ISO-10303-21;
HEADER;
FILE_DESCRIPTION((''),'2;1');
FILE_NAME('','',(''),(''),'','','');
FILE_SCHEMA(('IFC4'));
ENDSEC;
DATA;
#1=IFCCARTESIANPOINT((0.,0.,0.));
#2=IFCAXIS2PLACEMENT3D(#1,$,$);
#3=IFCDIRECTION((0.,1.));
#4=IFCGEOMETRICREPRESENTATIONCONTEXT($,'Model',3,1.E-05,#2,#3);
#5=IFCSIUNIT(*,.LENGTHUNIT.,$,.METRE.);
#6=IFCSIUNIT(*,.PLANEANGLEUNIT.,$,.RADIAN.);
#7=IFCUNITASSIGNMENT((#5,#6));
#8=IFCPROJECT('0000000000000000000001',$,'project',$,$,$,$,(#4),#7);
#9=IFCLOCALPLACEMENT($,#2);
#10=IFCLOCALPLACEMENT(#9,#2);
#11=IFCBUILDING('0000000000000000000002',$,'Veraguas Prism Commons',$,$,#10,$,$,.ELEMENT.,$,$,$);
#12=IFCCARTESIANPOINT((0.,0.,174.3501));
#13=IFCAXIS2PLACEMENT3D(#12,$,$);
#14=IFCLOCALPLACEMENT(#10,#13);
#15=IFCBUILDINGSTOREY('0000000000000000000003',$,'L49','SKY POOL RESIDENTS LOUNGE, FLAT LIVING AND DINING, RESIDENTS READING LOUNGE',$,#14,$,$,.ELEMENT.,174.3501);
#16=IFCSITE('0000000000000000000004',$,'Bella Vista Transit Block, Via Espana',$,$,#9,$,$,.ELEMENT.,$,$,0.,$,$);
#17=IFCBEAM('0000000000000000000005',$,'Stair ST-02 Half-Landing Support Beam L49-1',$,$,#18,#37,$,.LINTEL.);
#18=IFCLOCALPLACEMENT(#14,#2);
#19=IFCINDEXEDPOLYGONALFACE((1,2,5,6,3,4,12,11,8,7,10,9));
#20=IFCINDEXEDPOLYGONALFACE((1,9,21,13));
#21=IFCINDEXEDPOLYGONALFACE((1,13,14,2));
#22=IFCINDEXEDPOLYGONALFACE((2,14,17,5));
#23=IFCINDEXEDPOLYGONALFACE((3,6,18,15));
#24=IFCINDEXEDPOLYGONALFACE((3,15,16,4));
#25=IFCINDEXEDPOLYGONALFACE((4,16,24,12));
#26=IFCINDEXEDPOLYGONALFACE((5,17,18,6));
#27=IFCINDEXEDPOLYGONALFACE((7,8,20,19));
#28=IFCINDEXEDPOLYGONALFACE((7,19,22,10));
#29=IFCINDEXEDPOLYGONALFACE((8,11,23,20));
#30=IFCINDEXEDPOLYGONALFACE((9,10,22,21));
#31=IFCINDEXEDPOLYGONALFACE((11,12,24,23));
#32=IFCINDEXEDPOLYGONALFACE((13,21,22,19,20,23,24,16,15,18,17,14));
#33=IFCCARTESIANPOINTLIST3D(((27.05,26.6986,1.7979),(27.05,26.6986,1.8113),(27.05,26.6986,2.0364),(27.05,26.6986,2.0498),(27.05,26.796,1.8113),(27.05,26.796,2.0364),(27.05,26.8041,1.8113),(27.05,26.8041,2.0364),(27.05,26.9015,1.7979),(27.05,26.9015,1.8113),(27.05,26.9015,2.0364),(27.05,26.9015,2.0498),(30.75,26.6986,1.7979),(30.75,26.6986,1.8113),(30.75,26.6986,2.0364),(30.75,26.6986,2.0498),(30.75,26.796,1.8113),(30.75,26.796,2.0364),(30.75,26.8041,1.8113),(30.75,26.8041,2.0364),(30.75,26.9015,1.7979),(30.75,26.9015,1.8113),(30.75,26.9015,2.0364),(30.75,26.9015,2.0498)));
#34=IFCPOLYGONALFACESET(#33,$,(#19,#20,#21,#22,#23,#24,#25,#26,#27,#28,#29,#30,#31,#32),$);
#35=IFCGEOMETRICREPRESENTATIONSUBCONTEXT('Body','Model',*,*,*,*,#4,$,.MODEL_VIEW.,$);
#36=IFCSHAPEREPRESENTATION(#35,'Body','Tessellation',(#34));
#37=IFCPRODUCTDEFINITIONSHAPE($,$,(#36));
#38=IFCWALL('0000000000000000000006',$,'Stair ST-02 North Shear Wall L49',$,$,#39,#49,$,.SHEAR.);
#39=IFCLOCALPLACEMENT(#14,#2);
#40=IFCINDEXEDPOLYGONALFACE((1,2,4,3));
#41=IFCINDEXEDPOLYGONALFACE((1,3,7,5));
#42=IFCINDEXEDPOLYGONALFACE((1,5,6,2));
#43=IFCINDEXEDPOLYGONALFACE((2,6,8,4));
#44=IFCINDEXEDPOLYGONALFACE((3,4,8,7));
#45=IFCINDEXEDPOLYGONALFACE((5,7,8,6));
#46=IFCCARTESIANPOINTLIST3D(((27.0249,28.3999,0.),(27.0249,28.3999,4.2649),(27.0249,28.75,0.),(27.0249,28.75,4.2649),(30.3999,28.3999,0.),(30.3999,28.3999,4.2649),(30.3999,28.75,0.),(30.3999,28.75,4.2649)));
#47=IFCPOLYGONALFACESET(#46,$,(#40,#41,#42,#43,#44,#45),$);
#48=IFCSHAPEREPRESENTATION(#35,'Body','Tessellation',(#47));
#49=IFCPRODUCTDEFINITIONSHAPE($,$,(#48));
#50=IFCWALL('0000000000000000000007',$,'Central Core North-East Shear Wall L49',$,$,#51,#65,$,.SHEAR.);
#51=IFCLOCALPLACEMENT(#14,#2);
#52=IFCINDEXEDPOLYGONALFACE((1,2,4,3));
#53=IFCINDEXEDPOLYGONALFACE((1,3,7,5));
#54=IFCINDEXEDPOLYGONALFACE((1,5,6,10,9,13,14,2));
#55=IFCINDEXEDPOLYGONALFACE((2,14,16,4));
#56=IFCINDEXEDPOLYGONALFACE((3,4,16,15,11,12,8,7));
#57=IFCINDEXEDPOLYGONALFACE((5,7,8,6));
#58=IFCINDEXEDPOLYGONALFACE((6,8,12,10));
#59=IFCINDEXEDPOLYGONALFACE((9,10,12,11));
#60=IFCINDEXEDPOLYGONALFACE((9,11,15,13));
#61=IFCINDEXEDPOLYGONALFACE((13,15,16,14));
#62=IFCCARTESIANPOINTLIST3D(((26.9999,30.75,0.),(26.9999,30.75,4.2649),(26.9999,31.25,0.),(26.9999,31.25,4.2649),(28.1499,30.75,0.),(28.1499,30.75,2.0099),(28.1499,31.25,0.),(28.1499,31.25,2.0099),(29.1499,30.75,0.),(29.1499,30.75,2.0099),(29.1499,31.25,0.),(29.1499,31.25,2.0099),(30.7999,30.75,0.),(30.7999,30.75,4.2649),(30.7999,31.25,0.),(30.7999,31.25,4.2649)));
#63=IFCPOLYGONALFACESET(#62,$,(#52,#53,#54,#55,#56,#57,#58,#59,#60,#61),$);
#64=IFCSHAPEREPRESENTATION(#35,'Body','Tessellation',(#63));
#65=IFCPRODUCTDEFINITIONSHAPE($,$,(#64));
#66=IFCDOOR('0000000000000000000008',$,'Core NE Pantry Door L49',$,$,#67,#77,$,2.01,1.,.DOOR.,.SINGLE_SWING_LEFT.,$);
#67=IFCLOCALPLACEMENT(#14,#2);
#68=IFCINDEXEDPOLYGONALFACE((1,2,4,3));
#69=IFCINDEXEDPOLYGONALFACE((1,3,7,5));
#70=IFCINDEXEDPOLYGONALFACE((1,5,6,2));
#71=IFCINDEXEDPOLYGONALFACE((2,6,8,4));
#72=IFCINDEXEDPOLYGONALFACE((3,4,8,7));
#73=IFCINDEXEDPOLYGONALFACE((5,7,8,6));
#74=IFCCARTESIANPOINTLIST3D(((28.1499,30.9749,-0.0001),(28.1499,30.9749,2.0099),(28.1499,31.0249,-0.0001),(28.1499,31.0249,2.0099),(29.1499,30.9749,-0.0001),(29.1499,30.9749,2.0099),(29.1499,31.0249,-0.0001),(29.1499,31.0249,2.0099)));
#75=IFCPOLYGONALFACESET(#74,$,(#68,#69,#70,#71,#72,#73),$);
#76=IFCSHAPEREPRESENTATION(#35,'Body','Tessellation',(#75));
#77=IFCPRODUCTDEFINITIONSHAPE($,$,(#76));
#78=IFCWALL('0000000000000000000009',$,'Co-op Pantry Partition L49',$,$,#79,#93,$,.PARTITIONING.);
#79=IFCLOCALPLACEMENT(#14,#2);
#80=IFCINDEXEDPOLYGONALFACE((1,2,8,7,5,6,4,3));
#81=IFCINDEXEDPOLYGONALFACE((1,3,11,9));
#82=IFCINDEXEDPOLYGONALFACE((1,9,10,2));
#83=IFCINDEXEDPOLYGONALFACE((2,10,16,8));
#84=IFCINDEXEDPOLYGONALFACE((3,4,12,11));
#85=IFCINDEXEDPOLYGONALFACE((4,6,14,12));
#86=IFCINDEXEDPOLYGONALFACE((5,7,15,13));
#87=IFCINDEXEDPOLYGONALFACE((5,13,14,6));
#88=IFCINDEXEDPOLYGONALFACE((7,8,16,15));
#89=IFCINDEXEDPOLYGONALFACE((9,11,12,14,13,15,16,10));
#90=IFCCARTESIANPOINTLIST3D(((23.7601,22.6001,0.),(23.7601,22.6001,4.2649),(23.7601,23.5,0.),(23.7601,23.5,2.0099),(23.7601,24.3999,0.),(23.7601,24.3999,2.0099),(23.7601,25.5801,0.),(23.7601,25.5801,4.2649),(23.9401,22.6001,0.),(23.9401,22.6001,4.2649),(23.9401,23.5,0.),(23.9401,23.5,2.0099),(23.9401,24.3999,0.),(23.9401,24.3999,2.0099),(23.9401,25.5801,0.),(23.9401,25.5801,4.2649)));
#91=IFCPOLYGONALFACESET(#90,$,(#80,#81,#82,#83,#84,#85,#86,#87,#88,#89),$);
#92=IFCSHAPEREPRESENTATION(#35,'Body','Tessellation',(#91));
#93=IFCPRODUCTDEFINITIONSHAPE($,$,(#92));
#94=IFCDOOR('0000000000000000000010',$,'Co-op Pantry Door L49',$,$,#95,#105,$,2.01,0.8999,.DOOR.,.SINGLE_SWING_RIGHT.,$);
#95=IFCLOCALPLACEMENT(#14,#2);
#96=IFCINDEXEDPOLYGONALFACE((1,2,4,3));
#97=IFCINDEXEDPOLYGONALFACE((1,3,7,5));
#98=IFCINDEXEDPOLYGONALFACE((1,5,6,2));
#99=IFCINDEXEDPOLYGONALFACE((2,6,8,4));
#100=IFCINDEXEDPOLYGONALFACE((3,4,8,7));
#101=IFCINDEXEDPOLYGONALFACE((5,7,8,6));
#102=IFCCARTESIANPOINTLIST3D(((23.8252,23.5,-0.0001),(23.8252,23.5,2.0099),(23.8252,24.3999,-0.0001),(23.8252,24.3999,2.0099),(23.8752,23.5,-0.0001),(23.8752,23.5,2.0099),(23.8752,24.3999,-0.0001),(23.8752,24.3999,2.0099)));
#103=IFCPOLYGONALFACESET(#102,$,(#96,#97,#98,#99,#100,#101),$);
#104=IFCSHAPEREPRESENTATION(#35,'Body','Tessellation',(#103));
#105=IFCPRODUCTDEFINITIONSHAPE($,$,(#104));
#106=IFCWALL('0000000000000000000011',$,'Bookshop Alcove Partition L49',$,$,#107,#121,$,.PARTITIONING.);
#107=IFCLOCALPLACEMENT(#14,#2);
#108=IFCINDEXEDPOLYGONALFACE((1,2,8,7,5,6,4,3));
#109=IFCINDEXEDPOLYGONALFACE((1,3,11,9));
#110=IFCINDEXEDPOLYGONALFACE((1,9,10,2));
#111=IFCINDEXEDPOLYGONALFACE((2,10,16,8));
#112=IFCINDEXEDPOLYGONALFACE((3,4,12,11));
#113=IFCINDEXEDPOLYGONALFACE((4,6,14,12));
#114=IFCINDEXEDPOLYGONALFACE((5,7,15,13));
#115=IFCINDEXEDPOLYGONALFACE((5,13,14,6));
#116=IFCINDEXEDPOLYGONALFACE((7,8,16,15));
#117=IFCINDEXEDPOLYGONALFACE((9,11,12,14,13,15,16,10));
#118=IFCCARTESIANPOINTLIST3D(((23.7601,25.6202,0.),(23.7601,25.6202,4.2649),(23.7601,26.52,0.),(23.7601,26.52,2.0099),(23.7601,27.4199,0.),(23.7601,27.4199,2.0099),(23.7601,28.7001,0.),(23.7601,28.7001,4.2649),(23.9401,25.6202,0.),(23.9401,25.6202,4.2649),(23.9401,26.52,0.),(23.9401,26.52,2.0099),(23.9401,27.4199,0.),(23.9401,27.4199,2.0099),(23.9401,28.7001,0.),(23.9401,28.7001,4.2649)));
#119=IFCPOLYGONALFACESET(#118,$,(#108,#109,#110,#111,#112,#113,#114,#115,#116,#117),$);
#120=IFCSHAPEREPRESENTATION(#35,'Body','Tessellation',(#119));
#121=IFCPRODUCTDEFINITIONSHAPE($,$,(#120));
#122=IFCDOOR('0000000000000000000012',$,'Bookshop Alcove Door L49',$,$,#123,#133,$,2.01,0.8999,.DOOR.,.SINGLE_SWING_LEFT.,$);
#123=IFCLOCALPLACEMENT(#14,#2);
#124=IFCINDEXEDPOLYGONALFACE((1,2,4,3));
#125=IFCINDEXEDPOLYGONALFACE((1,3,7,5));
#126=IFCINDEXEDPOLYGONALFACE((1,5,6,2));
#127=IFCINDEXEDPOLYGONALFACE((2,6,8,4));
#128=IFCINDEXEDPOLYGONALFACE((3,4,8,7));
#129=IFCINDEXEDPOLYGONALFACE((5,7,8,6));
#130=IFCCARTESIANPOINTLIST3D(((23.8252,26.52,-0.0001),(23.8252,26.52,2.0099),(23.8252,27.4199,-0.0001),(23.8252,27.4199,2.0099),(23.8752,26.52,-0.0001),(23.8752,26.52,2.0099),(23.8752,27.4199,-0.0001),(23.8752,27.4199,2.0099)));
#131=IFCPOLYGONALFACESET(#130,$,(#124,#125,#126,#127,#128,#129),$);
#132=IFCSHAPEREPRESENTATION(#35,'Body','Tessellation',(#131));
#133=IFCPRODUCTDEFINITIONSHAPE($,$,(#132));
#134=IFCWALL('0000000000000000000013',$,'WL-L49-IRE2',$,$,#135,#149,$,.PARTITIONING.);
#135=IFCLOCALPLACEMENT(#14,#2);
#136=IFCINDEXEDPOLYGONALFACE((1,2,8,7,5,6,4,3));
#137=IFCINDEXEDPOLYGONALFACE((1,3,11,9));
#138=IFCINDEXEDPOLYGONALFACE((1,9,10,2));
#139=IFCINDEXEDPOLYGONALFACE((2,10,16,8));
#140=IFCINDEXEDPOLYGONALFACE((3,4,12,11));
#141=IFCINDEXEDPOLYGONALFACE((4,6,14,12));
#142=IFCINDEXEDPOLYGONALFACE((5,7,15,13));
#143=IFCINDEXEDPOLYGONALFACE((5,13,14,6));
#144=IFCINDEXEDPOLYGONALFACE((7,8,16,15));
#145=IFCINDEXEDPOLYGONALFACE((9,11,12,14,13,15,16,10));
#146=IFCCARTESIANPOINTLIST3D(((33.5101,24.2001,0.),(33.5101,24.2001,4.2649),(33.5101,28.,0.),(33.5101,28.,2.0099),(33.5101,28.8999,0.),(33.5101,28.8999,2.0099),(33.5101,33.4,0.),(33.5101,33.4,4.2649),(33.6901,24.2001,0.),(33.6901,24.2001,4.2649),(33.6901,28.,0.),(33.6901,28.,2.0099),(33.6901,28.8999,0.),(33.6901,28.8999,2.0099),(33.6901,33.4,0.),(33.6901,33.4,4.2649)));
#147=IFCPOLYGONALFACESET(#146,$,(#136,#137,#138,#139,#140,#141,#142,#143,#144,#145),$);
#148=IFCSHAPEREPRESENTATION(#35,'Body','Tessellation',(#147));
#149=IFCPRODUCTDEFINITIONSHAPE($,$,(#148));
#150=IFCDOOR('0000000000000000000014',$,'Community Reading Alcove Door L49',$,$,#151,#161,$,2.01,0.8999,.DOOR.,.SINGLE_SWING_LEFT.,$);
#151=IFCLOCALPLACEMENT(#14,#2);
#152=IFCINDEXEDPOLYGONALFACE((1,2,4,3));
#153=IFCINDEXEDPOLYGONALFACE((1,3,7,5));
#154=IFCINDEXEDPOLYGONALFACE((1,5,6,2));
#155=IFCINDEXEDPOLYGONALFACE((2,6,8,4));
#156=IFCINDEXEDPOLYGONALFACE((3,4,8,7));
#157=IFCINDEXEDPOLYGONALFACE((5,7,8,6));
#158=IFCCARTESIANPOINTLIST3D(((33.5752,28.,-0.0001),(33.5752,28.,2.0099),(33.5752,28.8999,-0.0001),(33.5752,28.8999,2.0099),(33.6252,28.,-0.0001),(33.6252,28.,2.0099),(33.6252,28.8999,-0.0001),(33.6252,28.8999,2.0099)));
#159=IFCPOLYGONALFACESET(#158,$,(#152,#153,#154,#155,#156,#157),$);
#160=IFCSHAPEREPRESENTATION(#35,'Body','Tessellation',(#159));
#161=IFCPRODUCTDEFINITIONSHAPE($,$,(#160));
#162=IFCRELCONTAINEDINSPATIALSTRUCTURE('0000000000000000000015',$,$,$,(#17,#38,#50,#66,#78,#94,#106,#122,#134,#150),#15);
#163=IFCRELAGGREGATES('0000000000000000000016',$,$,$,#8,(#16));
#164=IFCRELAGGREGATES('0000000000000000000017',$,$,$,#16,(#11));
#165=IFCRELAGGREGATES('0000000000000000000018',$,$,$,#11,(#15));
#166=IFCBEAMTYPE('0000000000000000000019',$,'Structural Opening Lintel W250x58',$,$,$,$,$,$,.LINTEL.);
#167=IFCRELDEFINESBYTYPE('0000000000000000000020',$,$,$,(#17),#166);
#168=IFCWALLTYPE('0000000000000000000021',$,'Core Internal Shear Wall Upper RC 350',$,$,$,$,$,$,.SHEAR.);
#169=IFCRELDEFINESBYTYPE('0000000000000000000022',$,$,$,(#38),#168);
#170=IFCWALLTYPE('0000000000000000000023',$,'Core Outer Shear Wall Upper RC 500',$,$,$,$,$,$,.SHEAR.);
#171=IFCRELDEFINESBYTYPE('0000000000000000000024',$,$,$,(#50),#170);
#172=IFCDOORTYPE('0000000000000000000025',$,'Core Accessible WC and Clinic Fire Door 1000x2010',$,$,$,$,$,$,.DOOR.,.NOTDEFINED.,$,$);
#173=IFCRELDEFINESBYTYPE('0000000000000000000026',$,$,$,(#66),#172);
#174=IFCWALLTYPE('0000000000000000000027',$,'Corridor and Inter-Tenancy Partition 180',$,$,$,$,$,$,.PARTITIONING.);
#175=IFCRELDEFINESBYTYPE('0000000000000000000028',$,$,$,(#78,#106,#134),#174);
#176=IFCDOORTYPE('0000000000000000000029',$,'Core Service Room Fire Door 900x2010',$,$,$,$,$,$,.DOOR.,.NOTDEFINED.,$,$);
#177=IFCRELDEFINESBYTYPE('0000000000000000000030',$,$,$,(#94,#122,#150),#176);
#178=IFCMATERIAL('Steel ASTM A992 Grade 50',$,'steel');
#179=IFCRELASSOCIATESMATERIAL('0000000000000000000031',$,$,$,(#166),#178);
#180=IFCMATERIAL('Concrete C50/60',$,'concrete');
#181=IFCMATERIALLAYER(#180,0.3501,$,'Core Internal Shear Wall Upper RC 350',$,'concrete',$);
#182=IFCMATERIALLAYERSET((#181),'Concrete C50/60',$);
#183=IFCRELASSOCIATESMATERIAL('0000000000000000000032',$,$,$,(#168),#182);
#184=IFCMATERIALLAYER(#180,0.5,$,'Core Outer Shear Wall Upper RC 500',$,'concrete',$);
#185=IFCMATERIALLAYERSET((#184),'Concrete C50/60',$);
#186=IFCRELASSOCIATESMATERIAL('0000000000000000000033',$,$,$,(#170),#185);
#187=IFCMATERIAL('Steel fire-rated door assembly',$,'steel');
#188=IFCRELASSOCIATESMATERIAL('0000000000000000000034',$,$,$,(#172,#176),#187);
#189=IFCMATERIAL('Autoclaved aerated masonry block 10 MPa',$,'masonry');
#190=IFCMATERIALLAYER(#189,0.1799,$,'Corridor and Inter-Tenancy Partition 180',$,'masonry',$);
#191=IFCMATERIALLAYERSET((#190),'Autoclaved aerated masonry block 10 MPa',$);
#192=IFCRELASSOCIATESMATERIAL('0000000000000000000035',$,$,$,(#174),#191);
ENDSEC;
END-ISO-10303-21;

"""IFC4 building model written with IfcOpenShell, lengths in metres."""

from ifc_helpers import new_model, si_unit, direction, frame, frame_2d, origin, origin_2d, place, context, subcontext, project, spatial, rectangle, i_section, extrude, source, transform, mapped, material, layer, layer_set, material_profile, profile_set, type_object, element, fill, save


model = new_model("IFC4")

# Units and contexts
model_context = context("Model", 3, precision=1e-05, world=origin(), true_north=direction((0.0, 1.0)))
body_context = subcontext(model_context, "Body", "Model", "MODEL_VIEW")
ifc_project = project(units=[si_unit("LENGTHUNIT", "METRE"), si_unit("PLANEANGLEUNIT", "RADIAN")], contexts=[model_context])

# Site, building, storey
site_placement = place(None, origin())
site = spatial("IfcSite", under=ifc_project, at=site_placement, Name="Bella Vista Transit Block, Via Espana", CompositionType="ELEMENT", RefElevation=0.0)
building_placement = place(site_placement, origin())
building = spatial("IfcBuilding", under=site, at=building_placement, Name="Veraguas Prism Commons", CompositionType="ELEMENT")
storey_placement = place(building_placement, frame((0.0, 0.0, 174.3501)))
storey = spatial("IfcBuildingStorey", under=building, at=storey_placement, Name="L49", Description="SKY POOL RESIDENTS LOUNGE, FLAT LIVING AND DINING, RESIDENTS READING LOUNGE", CompositionType="ELEMENT", Elevation=174.3501)

# Beam
ifc_material_1 = material(Name="Steel ASTM A992 Grade 50", Category="steel")
ifc_material_profile = material_profile(ifc_material_1, i_section(OverallWidth=0.2029, OverallDepth=0.252, WebThickness=0.0081, FlangeThickness=0.0134, at=origin_2d()), Name="W250X58")
ifc_profile_set = profile_set([ifc_material_profile], Name="Steel ASTM A992 Grade 50")
beam_type = type_object("IfcBeamType", Name="Structural Opening Lintel W250x58", PredefinedType="LINTEL", material=ifc_profile_set)
beam_placement = place(storey_placement, frame((27.05, 26.8, 1.9238), z_axis=(1.0, 0.0, 0.0), x_axis=(0.0, 1.0, 0.0)))
element("IfcBeam", 1, at=beam_placement, inside=storey, type_object=beam_type, Name="Stair ST-02 Half-Landing Support Beam L49-1", PredefinedType="LINTEL", context=body_context, shape_type="SweptSolid", body=[
    extrude(i_section(OverallWidth=0.2029, OverallDepth=0.252, WebThickness=0.0081, FlangeThickness=0.0134, at=origin_2d()), origin(), (0.0, 0.0, 1.0), 3.7),
])

# Wall
ifc_material_2 = material(Name="Concrete C50/60", Category="concrete")
ifc_layer_1 = layer(ifc_material_2, 0.3501, Name="Core Internal Shear Wall Upper RC 350", Category="concrete")
ifc_layer_set_1 = layer_set([ifc_layer_1], Name="Concrete C50/60")
wall_type_1 = type_object("IfcWallType", Name="Core Internal Shear Wall Upper RC 350", PredefinedType="SHEAR", material=ifc_layer_set_1)
wall_1_placement = place(storey_placement, frame((27.0249, 28.575, 0.0), z_axis=(0.0, 0.0, 1.0), x_axis=(1.0, 0.0, 0.0)))
element("IfcWall", 2, at=wall_1_placement, inside=storey, type_object=wall_type_1, Name="Stair ST-02 North Shear Wall L49", PredefinedType="SHEAR", context=body_context, shape_type="SweptSolid", body=[
    extrude(rectangle(XDim=3.375, YDim=0.3501, at=frame_2d((1.6875, 0.0))), origin(), (0.0, 0.0, 1.0), 4.2649),
])

# Walls, openings, doors
ifc_layer_2 = layer(ifc_material_2, 0.5, Name="Core Outer Shear Wall Upper RC 500", Category="concrete")
ifc_layer_set_2 = layer_set([ifc_layer_2], Name="Concrete C50/60")
wall_type_2 = type_object("IfcWallType", Name="Core Outer Shear Wall Upper RC 500", PredefinedType="SHEAR", material=ifc_layer_set_2)
wall_2_placement = place(storey_placement, frame((27.0, 31.0, 0.0), z_axis=(0.0, 0.0, 1.0), x_axis=(1.0, 0.0, 0.0)))
wall_2 = element("IfcWall", 3, at=wall_2_placement, inside=storey, type_object=wall_type_2, Name="Central Core North-East Shear Wall L49", PredefinedType="SHEAR", context=body_context, shape_type="SweptSolid", body=[
    extrude(rectangle(XDim=3.8, YDim=0.5, at=frame_2d((1.8999, 0.0))), origin(), (0.0, 0.0, 1.0), 4.2649),
])
opening_1_placement = place(wall_2_placement, frame((1.1499, 0.0, 0.0)))
opening_1 = element("IfcOpeningElement", 4, at=opening_1_placement, cuts=wall_2, PredefinedType="OPENING", context=body_context, shape_type="SweptSolid", body=[
    extrude(rectangle(XDim=1.0, YDim=2.01, at=frame_2d((0.5, 1.0049))), frame((0.0, 0.26, 0.0), z_axis=(0.0, -1.0, 0.0), x_axis=(1.0, 0.0, 0.0)), (0.0, 0.0, 1.0), 0.52),
])
ifc_material_3 = material(Name="Steel fire-rated door assembly", Category="steel")
door_type_1 = type_object("IfcDoorType", Name="Core Accessible WC and Clinic Fire Door 1000x2010", OperationType="NOTDEFINED", PredefinedType="DOOR", material=ifc_material_3)
shared_shape_1 = source(origin(), body_context, "Body", "SweptSolid", [
    extrude(rectangle(XDim=1.0, YDim=2.01, at=frame_2d((0.5, 1.0049))), frame((0.0, 0.0249, 0.0), z_axis=(0.0, -1.0, 0.0), x_axis=(1.0, 0.0, 0.0)), (0.0, 0.0, 1.0), 0.05),
])
door_1_placement = place(opening_1_placement, origin())
door_1 = element("IfcDoor", 5, at=door_1_placement, inside=storey, type_object=door_type_1, Name="Core NE Pantry Door L49", OperationType="SINGLE_SWING_LEFT", OverallHeight=2.01, OverallWidth=1.0, PredefinedType="DOOR", context=body_context, shape_type="MappedRepresentation", body=[
    mapped(shared_shape_1, transform((0.0, 0.0, 0.0), scale=1.0)),
])
fill(opening_1, door_1)
ifc_material_4 = material(Name="Autoclaved aerated masonry block 10 MPa", Category="masonry")
ifc_layer_3 = layer(ifc_material_4, 0.1799, Name="Corridor and Inter-Tenancy Partition 180", Category="masonry")
ifc_layer_set_3 = layer_set([ifc_layer_3], Name="Autoclaved aerated masonry block 10 MPa")
wall_type_3 = type_object("IfcWallType", Name="Corridor and Inter-Tenancy Partition 180", PredefinedType="PARTITIONING", material=ifc_layer_set_3)
wall_3_placement = place(storey_placement, frame((23.8501, 22.6001, 0.0), z_axis=(0.0, 0.0, 1.0), x_axis=(0.0, 1.0, 0.0)))
wall_3 = element("IfcWall", 6, at=wall_3_placement, inside=storey, type_object=wall_type_3, Name="Co-op Pantry Partition L49", PredefinedType="PARTITIONING", context=body_context, shape_type="SweptSolid", body=[
    extrude(rectangle(XDim=2.98, YDim=0.1799, at=frame_2d((1.49, 0.0))), origin(), (0.0, 0.0, 1.0), 4.2649),
])
opening_2_placement = place(wall_3_placement, frame((0.8999, 0.0, 0.0)))
opening_2 = element("IfcOpeningElement", 7, at=opening_2_placement, cuts=wall_3, PredefinedType="OPENING", context=body_context, shape_type="SweptSolid", body=[
    extrude(rectangle(XDim=0.8999, YDim=2.01, at=frame_2d((0.45, 1.0049))), frame((0.0, 0.0999, 0.0), z_axis=(0.0, -1.0, 0.0), x_axis=(1.0, 0.0, 0.0)), (0.0, 0.0, 1.0), 0.2),
])
door_type_2 = type_object("IfcDoorType", Name="Core Service Room Fire Door 900x2010", OperationType="NOTDEFINED", PredefinedType="DOOR", material=ifc_material_3)
shared_shape_2 = source(origin(), body_context, "Body", "SweptSolid", [
    extrude(rectangle(XDim=0.8999, YDim=2.01, at=frame_2d((0.45, 1.0049))), frame((0.0, 0.0249, 0.0), z_axis=(0.0, -1.0, 0.0), x_axis=(1.0, 0.0, 0.0)), (0.0, 0.0, 1.0), 0.05),
])
door_2_placement = place(opening_2_placement, origin())
door_2 = element("IfcDoor", 8, at=door_2_placement, inside=storey, type_object=door_type_2, Name="Co-op Pantry Door L49", OperationType="SINGLE_SWING_RIGHT", OverallHeight=2.01, OverallWidth=0.8999, PredefinedType="DOOR", context=body_context, shape_type="MappedRepresentation", body=[
    mapped(shared_shape_2, transform((0.0, 0.0, 0.0), scale=1.0)),
])
fill(opening_2, door_2)
wall_4_placement = place(storey_placement, frame((23.8501, 25.6201, 0.0), z_axis=(0.0, 0.0, 1.0), x_axis=(0.0, 1.0, 0.0)))
wall_4 = element("IfcWall", 9, at=wall_4_placement, inside=storey, type_object=wall_type_3, Name="Bookshop Alcove Partition L49", PredefinedType="PARTITIONING", context=body_context, shape_type="SweptSolid", body=[
    extrude(rectangle(XDim=3.0798, YDim=0.1799, at=frame_2d((1.54, 0.0))), origin(), (0.0, 0.0, 1.0), 4.2649),
])
opening_3_placement = place(wall_4_placement, frame((0.8999, 0.0, 0.0)))
opening_3 = element("IfcOpeningElement", 10, at=opening_3_placement, cuts=wall_4, PredefinedType="OPENING", context=body_context, shape_type="SweptSolid", body=[
    extrude(rectangle(XDim=0.8999, YDim=2.01, at=frame_2d((0.45, 1.0049))), frame((0.0, 0.0999, 0.0), z_axis=(0.0, -1.0, 0.0), x_axis=(1.0, 0.0, 0.0)), (0.0, 0.0, 1.0), 0.2),
])
door_3_placement = place(opening_3_placement, origin())
door_3 = element("IfcDoor", 11, at=door_3_placement, inside=storey, type_object=door_type_2, Name="Bookshop Alcove Door L49", OperationType="SINGLE_SWING_LEFT", OverallHeight=2.01, OverallWidth=0.8999, PredefinedType="DOOR", context=body_context, shape_type="MappedRepresentation", body=[
    mapped(shared_shape_2, transform((0.0, 0.0, 0.0), scale=1.0)),
])
fill(opening_3, door_3)
wall_5_placement = place(storey_placement, frame((33.6001, 24.2, 0.0), z_axis=(0.0, 0.0, 1.0), x_axis=(0.0, 1.0, 0.0)))
wall_5 = element("IfcWall", 12, at=wall_5_placement, inside=storey, type_object=wall_type_3, Name="WL-L49-IRE2", PredefinedType="PARTITIONING", context=body_context, shape_type="SweptSolid", body=[
    extrude(rectangle(XDim=9.2, YDim=0.1799, at=frame_2d((4.6001, 0.0))), origin(), (0.0, 0.0, 1.0), 4.2649),
])
opening_4_placement = place(wall_5_placement, frame((3.8, 0.0, 0.0)))
opening_4 = element("IfcOpeningElement", 13, at=opening_4_placement, cuts=wall_5, PredefinedType="OPENING", context=body_context, shape_type="SweptSolid", body=[
    extrude(rectangle(XDim=0.8999, YDim=2.01, at=frame_2d((0.45, 1.0049))), frame((0.0, 0.0999, 0.0), z_axis=(0.0, -1.0, 0.0), x_axis=(1.0, 0.0, 0.0)), (0.0, 0.0, 1.0), 0.2),
])
door_4_placement = place(opening_4_placement, origin())
door_4 = element("IfcDoor", 14, at=door_4_placement, inside=storey, type_object=door_type_2, Name="Community Reading Alcove Door L49", OperationType="SINGLE_SWING_LEFT", OverallHeight=2.01, OverallWidth=0.8999, PredefinedType="DOOR", context=body_context, shape_type="MappedRepresentation", body=[
    mapped(shared_shape_2, transform((0.0, 0.0, 0.0), scale=1.0)),
])
fill(opening_4, door_4)

save(model, "model.ifc")
